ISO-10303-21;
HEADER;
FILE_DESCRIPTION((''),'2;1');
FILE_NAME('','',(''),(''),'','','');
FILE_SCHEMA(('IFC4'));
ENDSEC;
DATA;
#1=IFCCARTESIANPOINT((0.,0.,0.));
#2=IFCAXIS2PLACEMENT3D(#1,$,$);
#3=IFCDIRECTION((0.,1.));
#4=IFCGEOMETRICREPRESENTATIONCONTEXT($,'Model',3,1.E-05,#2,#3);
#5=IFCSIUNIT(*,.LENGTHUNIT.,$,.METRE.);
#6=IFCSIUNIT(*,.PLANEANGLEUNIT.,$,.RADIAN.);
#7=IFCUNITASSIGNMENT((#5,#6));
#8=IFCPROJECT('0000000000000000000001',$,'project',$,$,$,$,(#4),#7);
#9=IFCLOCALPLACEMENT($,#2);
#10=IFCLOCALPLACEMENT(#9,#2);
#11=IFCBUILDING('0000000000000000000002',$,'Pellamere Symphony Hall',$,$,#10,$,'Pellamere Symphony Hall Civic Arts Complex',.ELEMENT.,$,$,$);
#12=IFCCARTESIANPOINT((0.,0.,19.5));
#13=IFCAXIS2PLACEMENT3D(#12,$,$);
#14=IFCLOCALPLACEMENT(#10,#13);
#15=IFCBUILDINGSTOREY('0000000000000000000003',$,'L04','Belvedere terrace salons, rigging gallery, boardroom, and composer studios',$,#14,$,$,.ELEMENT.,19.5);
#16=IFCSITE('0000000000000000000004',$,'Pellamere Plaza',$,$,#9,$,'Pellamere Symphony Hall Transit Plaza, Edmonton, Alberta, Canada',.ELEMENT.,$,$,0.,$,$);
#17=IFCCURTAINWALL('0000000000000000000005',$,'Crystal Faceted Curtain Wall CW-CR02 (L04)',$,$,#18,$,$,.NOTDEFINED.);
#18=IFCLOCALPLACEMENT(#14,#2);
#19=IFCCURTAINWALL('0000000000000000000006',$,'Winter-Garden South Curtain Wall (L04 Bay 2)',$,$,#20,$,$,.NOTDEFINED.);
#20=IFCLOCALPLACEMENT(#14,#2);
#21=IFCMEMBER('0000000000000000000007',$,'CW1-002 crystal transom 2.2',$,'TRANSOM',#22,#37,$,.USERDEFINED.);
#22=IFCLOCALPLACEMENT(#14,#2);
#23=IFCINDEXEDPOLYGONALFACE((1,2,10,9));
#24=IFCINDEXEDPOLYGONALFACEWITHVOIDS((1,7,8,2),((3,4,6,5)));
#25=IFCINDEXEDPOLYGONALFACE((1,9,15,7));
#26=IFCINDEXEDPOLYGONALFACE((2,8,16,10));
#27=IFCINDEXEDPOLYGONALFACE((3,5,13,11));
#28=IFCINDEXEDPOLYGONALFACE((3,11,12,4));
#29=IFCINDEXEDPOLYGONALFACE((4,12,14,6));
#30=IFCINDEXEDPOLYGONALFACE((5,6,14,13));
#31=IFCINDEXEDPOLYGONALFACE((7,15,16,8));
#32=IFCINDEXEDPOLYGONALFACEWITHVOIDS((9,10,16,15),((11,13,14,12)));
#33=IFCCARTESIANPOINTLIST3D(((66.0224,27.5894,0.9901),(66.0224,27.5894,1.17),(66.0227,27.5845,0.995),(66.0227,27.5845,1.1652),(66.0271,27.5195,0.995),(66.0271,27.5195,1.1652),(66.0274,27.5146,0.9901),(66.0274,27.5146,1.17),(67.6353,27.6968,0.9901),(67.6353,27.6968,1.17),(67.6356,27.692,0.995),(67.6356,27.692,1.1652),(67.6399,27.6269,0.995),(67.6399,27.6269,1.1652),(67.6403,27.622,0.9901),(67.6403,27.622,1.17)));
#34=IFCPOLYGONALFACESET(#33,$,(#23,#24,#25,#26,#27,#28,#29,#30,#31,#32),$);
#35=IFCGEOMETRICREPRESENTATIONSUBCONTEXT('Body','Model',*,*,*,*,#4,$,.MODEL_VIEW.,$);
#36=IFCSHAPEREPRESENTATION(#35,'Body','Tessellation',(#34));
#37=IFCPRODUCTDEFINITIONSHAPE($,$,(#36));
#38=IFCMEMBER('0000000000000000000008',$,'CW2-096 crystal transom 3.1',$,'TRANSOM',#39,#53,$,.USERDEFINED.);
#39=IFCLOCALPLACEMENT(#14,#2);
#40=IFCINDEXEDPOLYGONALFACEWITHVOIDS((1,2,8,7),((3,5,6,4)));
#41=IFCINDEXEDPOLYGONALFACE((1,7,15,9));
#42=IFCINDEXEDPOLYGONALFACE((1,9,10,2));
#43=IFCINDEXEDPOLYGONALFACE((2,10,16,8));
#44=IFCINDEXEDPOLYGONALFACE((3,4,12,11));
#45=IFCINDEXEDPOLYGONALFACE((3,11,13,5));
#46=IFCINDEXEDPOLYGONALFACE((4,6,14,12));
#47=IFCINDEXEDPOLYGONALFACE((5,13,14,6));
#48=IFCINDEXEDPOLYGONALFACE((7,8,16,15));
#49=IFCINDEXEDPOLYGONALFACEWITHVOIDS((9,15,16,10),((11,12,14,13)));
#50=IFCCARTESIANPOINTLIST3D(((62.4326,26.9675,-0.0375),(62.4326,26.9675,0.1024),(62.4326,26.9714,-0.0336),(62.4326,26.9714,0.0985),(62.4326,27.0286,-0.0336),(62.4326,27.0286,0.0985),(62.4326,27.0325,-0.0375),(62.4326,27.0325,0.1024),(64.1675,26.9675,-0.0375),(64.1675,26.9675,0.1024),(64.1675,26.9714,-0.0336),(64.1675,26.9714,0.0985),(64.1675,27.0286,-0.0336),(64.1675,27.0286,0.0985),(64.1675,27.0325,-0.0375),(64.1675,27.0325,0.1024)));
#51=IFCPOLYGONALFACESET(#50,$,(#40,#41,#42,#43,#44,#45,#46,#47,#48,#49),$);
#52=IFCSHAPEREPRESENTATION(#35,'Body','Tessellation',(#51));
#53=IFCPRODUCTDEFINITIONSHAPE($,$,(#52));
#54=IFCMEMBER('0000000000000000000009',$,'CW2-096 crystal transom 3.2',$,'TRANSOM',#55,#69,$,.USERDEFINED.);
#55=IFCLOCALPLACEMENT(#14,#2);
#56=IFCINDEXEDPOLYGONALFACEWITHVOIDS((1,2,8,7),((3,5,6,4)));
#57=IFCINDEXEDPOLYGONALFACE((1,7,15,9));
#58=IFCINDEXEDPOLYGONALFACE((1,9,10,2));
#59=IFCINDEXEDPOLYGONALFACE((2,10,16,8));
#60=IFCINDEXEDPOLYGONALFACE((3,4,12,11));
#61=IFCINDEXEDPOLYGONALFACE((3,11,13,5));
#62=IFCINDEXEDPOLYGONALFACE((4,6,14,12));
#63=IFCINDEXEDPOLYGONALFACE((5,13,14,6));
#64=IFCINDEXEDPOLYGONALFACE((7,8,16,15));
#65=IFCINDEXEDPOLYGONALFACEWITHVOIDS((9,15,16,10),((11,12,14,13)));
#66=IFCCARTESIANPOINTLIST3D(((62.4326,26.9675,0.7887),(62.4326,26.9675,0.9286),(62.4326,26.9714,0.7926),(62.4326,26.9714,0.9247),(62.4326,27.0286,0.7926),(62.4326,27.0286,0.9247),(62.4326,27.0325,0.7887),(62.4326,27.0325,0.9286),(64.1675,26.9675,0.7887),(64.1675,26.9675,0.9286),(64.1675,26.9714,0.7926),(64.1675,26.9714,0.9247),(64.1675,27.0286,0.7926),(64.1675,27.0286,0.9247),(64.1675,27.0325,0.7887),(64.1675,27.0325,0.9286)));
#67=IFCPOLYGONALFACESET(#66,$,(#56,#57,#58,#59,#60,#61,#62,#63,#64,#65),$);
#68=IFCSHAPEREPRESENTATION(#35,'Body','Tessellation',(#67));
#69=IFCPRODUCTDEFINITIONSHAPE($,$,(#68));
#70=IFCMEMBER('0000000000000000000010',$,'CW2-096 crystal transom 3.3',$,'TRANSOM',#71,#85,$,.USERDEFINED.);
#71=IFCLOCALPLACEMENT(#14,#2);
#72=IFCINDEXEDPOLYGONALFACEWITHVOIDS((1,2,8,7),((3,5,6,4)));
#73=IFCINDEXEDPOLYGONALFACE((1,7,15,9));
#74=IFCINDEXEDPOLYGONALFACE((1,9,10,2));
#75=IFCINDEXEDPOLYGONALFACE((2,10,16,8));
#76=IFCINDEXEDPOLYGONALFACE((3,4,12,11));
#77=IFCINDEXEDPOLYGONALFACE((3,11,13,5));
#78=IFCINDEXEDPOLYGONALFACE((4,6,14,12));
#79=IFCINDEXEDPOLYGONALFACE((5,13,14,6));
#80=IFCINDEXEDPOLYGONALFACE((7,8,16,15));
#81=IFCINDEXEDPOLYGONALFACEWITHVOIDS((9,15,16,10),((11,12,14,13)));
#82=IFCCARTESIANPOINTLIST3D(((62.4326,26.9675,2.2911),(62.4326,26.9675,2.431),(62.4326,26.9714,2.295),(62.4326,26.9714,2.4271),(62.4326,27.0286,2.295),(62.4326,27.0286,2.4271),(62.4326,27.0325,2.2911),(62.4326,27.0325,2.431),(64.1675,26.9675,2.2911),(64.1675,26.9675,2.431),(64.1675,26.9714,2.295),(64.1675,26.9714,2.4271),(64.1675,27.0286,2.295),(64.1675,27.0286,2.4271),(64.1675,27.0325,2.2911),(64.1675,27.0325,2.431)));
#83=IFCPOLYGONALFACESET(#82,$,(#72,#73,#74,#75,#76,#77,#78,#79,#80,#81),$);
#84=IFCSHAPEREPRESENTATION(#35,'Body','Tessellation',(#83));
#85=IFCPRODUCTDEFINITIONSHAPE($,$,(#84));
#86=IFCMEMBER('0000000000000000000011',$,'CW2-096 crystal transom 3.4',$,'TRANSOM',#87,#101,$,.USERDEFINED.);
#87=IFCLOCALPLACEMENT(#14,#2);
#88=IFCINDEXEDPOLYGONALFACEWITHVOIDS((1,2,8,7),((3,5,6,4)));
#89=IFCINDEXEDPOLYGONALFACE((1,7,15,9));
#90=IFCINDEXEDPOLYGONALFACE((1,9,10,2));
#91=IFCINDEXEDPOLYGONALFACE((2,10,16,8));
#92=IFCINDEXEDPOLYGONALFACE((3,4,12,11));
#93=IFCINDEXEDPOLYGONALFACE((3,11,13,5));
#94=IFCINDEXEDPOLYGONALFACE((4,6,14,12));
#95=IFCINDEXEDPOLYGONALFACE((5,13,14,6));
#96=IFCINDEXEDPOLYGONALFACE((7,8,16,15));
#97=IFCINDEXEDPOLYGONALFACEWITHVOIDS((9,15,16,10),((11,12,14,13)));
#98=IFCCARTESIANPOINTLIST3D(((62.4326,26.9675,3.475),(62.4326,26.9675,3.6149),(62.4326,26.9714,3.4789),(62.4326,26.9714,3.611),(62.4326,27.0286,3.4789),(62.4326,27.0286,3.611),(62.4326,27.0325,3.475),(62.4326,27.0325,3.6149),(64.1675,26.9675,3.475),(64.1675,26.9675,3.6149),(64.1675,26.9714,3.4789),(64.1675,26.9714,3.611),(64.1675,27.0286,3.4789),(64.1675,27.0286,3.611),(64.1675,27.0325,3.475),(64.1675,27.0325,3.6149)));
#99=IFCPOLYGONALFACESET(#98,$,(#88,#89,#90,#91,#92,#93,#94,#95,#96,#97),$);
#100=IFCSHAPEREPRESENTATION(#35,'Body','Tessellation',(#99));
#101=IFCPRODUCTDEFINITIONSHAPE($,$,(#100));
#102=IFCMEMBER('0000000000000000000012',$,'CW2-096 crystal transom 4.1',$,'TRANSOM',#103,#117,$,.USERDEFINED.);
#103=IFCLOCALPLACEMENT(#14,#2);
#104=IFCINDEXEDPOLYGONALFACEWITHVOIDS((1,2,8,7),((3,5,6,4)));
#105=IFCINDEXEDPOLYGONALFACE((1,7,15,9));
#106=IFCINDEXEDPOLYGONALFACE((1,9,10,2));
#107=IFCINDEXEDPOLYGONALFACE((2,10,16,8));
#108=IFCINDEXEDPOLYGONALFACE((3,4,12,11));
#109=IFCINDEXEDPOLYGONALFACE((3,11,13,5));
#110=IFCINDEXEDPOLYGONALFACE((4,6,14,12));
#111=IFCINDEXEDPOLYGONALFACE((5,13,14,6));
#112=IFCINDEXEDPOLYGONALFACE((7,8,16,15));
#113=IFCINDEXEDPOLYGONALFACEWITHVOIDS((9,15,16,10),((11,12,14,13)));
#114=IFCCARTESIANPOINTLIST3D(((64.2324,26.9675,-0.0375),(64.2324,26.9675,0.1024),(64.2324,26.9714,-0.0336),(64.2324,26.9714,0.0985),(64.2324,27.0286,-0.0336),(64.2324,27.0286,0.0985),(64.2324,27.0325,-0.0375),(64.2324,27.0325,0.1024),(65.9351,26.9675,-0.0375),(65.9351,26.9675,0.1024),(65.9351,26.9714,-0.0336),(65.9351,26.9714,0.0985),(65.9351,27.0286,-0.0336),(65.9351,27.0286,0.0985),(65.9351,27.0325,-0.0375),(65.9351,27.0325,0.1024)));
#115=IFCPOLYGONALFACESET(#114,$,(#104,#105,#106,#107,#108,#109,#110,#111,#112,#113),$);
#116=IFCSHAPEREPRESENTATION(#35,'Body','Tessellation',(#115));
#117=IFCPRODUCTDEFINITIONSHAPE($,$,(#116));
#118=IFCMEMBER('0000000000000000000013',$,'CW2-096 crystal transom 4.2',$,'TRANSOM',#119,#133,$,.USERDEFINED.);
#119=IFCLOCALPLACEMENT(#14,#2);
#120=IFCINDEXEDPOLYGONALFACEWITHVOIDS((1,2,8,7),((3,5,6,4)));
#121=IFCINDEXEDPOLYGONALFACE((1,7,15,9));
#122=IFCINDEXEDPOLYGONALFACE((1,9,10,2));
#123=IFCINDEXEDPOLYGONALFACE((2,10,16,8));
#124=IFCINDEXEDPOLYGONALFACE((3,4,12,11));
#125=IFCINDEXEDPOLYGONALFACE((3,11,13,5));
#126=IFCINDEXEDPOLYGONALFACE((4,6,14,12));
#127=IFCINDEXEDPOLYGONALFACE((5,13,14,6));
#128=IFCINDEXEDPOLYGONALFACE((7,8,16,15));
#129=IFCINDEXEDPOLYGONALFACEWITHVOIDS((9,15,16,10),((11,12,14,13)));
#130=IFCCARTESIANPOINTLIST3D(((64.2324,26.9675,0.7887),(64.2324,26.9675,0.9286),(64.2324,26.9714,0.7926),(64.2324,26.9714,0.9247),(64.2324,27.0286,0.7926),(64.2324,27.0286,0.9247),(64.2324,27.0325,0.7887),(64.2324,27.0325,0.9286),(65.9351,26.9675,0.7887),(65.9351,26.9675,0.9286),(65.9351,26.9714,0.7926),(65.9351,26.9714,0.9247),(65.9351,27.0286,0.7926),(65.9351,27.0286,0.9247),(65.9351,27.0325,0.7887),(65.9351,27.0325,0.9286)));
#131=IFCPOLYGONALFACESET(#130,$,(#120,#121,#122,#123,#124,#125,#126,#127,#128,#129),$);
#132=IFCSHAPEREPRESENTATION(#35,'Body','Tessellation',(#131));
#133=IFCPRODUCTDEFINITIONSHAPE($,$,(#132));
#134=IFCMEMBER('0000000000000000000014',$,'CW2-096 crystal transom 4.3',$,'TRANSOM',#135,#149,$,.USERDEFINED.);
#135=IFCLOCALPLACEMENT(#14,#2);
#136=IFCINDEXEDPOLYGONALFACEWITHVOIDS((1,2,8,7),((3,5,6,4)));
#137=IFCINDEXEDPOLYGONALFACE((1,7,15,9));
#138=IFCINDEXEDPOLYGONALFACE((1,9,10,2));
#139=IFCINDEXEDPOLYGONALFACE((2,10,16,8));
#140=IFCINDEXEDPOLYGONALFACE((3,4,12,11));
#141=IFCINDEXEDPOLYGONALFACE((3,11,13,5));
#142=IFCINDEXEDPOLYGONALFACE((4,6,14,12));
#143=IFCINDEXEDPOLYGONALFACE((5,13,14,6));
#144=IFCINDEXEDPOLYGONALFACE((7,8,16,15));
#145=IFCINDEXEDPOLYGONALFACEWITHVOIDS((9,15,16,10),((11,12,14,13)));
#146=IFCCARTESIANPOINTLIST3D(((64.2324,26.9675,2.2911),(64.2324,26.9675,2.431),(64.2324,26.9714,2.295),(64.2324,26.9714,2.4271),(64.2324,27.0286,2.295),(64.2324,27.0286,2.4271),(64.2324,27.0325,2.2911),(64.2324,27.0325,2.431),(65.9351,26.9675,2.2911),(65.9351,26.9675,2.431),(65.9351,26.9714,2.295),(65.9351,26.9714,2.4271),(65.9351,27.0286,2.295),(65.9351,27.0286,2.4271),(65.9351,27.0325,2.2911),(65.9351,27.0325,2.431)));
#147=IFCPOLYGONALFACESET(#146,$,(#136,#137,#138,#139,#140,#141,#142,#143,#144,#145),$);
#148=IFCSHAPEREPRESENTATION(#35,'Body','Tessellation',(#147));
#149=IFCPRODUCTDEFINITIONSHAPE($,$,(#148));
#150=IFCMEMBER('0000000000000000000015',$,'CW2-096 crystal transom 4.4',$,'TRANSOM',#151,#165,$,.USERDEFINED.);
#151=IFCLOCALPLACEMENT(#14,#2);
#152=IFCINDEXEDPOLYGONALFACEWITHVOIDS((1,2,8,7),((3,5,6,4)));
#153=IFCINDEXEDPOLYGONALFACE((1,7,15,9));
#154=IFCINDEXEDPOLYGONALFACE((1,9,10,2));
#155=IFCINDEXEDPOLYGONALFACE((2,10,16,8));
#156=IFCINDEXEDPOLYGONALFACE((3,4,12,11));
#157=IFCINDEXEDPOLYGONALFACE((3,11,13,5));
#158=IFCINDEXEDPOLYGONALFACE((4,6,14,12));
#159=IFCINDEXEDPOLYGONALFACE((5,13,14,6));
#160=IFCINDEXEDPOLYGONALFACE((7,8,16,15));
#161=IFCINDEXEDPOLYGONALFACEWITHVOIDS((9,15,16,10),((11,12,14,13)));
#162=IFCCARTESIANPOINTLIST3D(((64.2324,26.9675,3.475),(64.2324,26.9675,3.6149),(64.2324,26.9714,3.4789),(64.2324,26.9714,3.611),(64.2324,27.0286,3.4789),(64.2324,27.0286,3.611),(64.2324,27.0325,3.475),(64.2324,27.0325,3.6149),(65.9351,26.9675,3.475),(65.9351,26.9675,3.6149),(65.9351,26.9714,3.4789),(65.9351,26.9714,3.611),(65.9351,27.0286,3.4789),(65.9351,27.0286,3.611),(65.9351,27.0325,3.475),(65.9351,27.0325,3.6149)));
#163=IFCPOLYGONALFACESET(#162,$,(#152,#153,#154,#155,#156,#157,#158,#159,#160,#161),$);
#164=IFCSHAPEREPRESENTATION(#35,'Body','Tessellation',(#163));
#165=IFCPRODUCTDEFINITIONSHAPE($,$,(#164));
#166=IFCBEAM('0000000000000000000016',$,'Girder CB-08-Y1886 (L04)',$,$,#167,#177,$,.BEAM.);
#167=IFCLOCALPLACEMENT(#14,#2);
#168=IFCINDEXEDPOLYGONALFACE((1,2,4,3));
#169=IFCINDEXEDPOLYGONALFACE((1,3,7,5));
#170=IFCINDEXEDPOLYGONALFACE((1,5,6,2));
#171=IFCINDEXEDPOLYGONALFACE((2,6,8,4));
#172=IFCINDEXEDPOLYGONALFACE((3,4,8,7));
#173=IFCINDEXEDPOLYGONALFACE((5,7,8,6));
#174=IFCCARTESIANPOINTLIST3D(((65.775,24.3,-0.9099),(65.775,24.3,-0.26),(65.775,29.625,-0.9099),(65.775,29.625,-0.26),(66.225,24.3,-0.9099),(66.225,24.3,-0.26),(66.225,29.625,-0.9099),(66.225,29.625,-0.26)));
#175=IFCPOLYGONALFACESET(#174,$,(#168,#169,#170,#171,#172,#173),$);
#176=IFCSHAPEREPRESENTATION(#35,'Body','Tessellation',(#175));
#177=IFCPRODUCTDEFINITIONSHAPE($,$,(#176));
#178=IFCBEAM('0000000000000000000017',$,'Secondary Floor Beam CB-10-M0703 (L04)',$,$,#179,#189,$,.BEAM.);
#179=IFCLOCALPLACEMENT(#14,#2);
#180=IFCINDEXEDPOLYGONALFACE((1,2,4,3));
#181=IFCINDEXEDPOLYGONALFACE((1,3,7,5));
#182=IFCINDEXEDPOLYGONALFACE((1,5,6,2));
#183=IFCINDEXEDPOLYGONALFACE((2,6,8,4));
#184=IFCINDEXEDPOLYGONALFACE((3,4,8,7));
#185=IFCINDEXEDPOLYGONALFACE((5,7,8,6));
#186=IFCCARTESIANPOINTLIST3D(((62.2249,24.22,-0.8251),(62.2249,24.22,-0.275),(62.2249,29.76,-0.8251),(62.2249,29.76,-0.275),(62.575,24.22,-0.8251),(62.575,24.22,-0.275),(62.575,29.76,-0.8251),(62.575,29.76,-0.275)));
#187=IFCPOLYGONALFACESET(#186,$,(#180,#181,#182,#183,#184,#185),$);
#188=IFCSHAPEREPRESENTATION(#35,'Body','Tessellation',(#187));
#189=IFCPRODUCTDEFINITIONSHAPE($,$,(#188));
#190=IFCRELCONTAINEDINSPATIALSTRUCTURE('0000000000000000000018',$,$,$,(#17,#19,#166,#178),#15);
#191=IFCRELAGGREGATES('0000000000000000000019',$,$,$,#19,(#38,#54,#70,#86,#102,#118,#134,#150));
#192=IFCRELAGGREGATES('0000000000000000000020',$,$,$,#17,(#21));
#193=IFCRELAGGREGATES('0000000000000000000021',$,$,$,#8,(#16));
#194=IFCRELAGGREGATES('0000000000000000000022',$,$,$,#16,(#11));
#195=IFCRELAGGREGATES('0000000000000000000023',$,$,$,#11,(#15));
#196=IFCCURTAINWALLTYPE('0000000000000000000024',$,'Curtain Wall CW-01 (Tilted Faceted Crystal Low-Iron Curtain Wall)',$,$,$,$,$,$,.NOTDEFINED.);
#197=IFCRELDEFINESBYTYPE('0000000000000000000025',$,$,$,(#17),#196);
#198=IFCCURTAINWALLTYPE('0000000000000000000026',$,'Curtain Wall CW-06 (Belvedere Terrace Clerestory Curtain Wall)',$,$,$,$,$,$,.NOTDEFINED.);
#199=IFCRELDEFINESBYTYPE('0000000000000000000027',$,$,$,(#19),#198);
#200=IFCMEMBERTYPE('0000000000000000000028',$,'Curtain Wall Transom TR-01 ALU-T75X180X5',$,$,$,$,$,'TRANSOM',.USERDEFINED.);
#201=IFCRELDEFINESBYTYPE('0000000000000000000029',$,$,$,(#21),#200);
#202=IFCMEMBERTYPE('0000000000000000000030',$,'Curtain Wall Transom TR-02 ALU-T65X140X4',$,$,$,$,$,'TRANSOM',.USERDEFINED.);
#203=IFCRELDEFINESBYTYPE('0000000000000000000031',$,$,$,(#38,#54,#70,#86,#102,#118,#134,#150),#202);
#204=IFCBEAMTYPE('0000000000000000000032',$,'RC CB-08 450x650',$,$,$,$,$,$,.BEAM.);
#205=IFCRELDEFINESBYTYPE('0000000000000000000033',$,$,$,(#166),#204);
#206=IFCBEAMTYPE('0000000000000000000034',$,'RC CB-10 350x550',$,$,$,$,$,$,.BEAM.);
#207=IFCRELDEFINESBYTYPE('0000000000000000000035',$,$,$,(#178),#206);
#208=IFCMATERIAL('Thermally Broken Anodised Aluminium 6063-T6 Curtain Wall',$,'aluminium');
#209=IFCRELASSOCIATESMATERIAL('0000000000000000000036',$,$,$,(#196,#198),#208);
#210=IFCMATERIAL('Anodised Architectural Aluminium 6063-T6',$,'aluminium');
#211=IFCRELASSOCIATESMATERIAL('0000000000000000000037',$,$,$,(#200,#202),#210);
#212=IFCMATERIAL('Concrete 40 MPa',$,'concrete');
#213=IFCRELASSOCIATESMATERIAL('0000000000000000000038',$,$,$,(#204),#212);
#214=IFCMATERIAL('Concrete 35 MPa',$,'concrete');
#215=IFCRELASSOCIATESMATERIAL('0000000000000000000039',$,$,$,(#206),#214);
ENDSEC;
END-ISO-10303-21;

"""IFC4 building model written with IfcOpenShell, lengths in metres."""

from ifc_helpers import new_model, si_unit, direction, frame, origin, origin_2d, place, context, subcontext, project, spatial, rectangle, hollow_rectangle, extrude, material, material_profile, profile_set, type_object, element, aggregate, save


model = new_model("IFC4")

# Units and contexts
model_context = context("Model", 3, precision=1e-05, world=origin(), true_north=direction((0.0, 1.0)))
body_context = subcontext(model_context, "Body", "Model", "MODEL_VIEW")
ifc_project = project(units=[si_unit("LENGTHUNIT", "METRE"), si_unit("PLANEANGLEUNIT", "RADIAN")], contexts=[model_context])

# Site, building, storey
site_placement = place(None, origin())
site = spatial("IfcSite", under=ifc_project, at=site_placement, Name="Pellamere Plaza", LongName="Pellamere Symphony Hall Transit Plaza, Edmonton, Alberta, Canada", CompositionType="ELEMENT", RefElevation=0.0)
building_placement = place(site_placement, origin())
building = spatial("IfcBuilding", under=site, at=building_placement, Name="Pellamere Symphony Hall", LongName="Pellamere Symphony Hall Civic Arts Complex", CompositionType="ELEMENT")
storey_placement = place(building_placement, frame((0.0, 0.0, 19.5)))
storey = spatial("IfcBuildingStorey", under=building, at=storey_placement, Name="L04", Description="Belvedere terrace salons, rigging gallery, boardroom, and composer studios", CompositionType="ELEMENT", Elevation=19.5)

# Curtain walls
ifc_material_1 = material(Name="Thermally Broken Anodised Aluminium 6063-T6 Curtain Wall", Category="aluminium")
curtain_wall_type_1 = type_object("IfcCurtainWallType", Name="Curtain Wall CW-01 (Tilted Faceted Crystal Low-Iron Curtain Wall)", PredefinedType="NOTDEFINED", material=ifc_material_1)
curtain_wall_1_placement = place(storey_placement, origin())
curtain_wall_1 = element("IfcCurtainWall", 1, at=curtain_wall_1_placement, inside=storey, type_object=curtain_wall_type_1, Name="Crystal Faceted Curtain Wall CW-CR02 (L04)", PredefinedType="NOTDEFINED")
ifc_material_2 = material(Name="Anodised Architectural Aluminium 6063-T6", Category="aluminium")
curtain_wall_type_2 = type_object("IfcCurtainWallType", Name="Curtain Wall CW-06 (Belvedere Terrace Clerestory Curtain Wall)", PredefinedType="NOTDEFINED", material=ifc_material_1)
curtain_wall_2_placement = place(storey_placement, origin())
curtain_wall_2 = element("IfcCurtainWall", 2, at=curtain_wall_2_placement, inside=storey, type_object=curtain_wall_type_2, Name="Winter-Garden South Curtain Wall (L04 Bay 2)", PredefinedType="NOTDEFINED")
ifc_material_profile_1 = material_profile(ifc_material_2, hollow_rectangle(XDim=0.075, YDim=0.1799, WallThickness=0.0049, at=origin_2d()), Name="ALU-T75X180X5")
ifc_profile_set_1 = profile_set([ifc_material_profile_1], Name="Anodised Architectural Aluminium 6063-T6")
member_type_1 = type_object("IfcMemberType", Name="Curtain Wall Transom TR-01 ALU-T75X180X5", ElementType="TRANSOM", PredefinedType="USERDEFINED", material=ifc_profile_set_1)

# Members
member_1_placement = place(storey_placement, frame((66.0249, 27.552, 1.0801), z_axis=(0.997789, 0.066459, 0.0), x_axis=(-0.066459, 0.997789, 0.0)))
member_1 = element("IfcMember", 3, at=member_1_placement, type_object=member_type_1, Name="CW1-002 crystal transom 2.2", ObjectType="TRANSOM", PredefinedType="USERDEFINED", context=body_context, shape_type="SweptSolid", body=[
    extrude(hollow_rectangle(XDim=0.075, YDim=0.1799, WallThickness=0.0049, at=origin_2d()), origin(), (0.0, 0.0, 1.0), 1.6165),
])
ifc_material_profile_2 = material_profile(ifc_material_2, hollow_rectangle(XDim=0.0649, YDim=0.1399, WallThickness=0.0039, at=origin_2d()), Name="ALU-T65X140X4")
ifc_profile_set_2 = profile_set([ifc_material_profile_2], Name="Anodised Architectural Aluminium 6063-T6")
member_type_2 = type_object("IfcMemberType", Name="Curtain Wall Transom TR-02 ALU-T65X140X4", ElementType="TRANSOM", PredefinedType="USERDEFINED", material=ifc_profile_set_2)
member_2_placement = place(storey_placement, frame((62.4326, 27.0, 0.0325), z_axis=(1.0, 0.0, 0.0), x_axis=(0.0, 1.0, 0.0)))
member_2 = element("IfcMember", 4, at=member_2_placement, type_object=member_type_2, Name="CW2-096 crystal transom 3.1", ObjectType="TRANSOM", PredefinedType="USERDEFINED", context=body_context, shape_type="SweptSolid", body=[
    extrude(hollow_rectangle(XDim=0.0649, YDim=0.1399, WallThickness=0.0039, at=origin_2d()), origin(), (0.0, 0.0, 1.0), 1.7349),
])
member_3_placement = place(storey_placement, frame((62.4326, 27.0, 0.8586), z_axis=(1.0, 0.0, 0.0), x_axis=(0.0, 1.0, 0.0)))
member_3 = element("IfcMember", 5, at=member_3_placement, type_object=member_type_2, Name="CW2-096 crystal transom 3.2", ObjectType="TRANSOM", PredefinedType="USERDEFINED", context=body_context, shape_type="SweptSolid", body=[
    extrude(hollow_rectangle(XDim=0.0649, YDim=0.1399, WallThickness=0.0039, at=origin_2d()), origin(), (0.0, 0.0, 1.0), 1.7349),
])
member_4_placement = place(storey_placement, frame((62.4326, 27.0, 2.3611), z_axis=(1.0, 0.0, 0.0), x_axis=(0.0, 1.0, 0.0)))
member_4 = element("IfcMember", 6, at=member_4_placement, type_object=member_type_2, Name="CW2-096 crystal transom 3.3", ObjectType="TRANSOM", PredefinedType="USERDEFINED", context=body_context, shape_type="SweptSolid", body=[
    extrude(hollow_rectangle(XDim=0.0649, YDim=0.1399, WallThickness=0.0039, at=origin_2d()), origin(), (0.0, 0.0, 1.0), 1.7349),
])
member_5_placement = place(storey_placement, frame((62.4326, 27.0, 3.5449), z_axis=(1.0, 0.0, 0.0), x_axis=(0.0, 1.0, 0.0)))
member_5 = element("IfcMember", 7, at=member_5_placement, type_object=member_type_2, Name="CW2-096 crystal transom 3.4", ObjectType="TRANSOM", PredefinedType="USERDEFINED", context=body_context, shape_type="SweptSolid", body=[
    extrude(hollow_rectangle(XDim=0.0649, YDim=0.1399, WallThickness=0.0039, at=origin_2d()), origin(), (0.0, 0.0, 1.0), 1.7349),
])
member_6_placement = place(storey_placement, frame((64.2324, 27.0, 0.0325), z_axis=(1.0, 0.0, 0.0), x_axis=(0.0, 1.0, 0.0)))
member_6 = element("IfcMember", 8, at=member_6_placement, type_object=member_type_2, Name="CW2-096 crystal transom 4.1", ObjectType="TRANSOM", PredefinedType="USERDEFINED", context=body_context, shape_type="SweptSolid", body=[
    extrude(hollow_rectangle(XDim=0.0649, YDim=0.1399, WallThickness=0.0039, at=origin_2d()), origin(), (0.0, 0.0, 1.0), 1.7026),
])
member_7_placement = place(storey_placement, frame((64.2324, 27.0, 0.8586), z_axis=(1.0, 0.0, 0.0), x_axis=(0.0, 1.0, 0.0)))
member_7 = element("IfcMember", 9, at=member_7_placement, type_object=member_type_2, Name="CW2-096 crystal transom 4.2", ObjectType="TRANSOM", PredefinedType="USERDEFINED", context=body_context, shape_type="SweptSolid", body=[
    extrude(hollow_rectangle(XDim=0.0649, YDim=0.1399, WallThickness=0.0039, at=origin_2d()), origin(), (0.0, 0.0, 1.0), 1.7026),
])
member_8_placement = place(storey_placement, frame((64.2324, 27.0, 2.3611), z_axis=(1.0, 0.0, 0.0), x_axis=(0.0, 1.0, 0.0)))
member_8 = element("IfcMember", 10, at=member_8_placement, type_object=member_type_2, Name="CW2-096 crystal transom 4.3", ObjectType="TRANSOM", PredefinedType="USERDEFINED", context=body_context, shape_type="SweptSolid", body=[
    extrude(hollow_rectangle(XDim=0.0649, YDim=0.1399, WallThickness=0.0039, at=origin_2d()), origin(), (0.0, 0.0, 1.0), 1.7026),
])
member_9_placement = place(storey_placement, frame((64.2324, 27.0, 3.5449), z_axis=(1.0, 0.0, 0.0), x_axis=(0.0, 1.0, 0.0)))
member_9 = element("IfcMember", 11, at=member_9_placement, type_object=member_type_2, Name="CW2-096 crystal transom 4.4", ObjectType="TRANSOM", PredefinedType="USERDEFINED", context=body_context, shape_type="SweptSolid", body=[
    extrude(hollow_rectangle(XDim=0.0649, YDim=0.1399, WallThickness=0.0039, at=origin_2d()), origin(), (0.0, 0.0, 1.0), 1.7026),
])

# Beams
ifc_material_3 = material(Name="Concrete 40 MPa", Category="concrete")
ifc_material_profile_3 = material_profile(ifc_material_3, rectangle(XDim=0.45, YDim=0.6499, at=origin_2d()), Name="RC 450x650")
ifc_profile_set_3 = profile_set([ifc_material_profile_3], Name="Concrete 40 MPa")
beam_type_1 = type_object("IfcBeamType", Name="RC CB-08 450x650", PredefinedType="BEAM", material=ifc_profile_set_3)
beam_1_placement = place(storey_placement, frame((66.0, 24.3, -0.585), z_axis=(0.0, 1.0, 0.0), x_axis=(-1.0, 0.0, 0.0)))
element("IfcBeam", 12, at=beam_1_placement, inside=storey, type_object=beam_type_1, Name="Girder CB-08-Y1886 (L04)", PredefinedType="BEAM", context=body_context, shape_type="SweptSolid", body=[
    extrude(rectangle(XDim=0.45, YDim=0.6499, at=origin_2d()), origin(), (0.0, 0.0, 1.0), 5.325),
])
ifc_material_4 = material(Name="Concrete 35 MPa", Category="concrete")
ifc_material_profile_4 = material_profile(ifc_material_4, rectangle(XDim=0.3501, YDim=0.55, at=origin_2d()), Name="RC 350x550")
ifc_profile_set_4 = profile_set([ifc_material_profile_4], Name="Concrete 35 MPa")
beam_type_2 = type_object("IfcBeamType", Name="RC CB-10 350x550", PredefinedType="BEAM", material=ifc_profile_set_4)
beam_2_placement = place(storey_placement, frame((62.3999, 24.22, -0.55), z_axis=(0.0, 1.0, 0.0), x_axis=(-1.0, 0.0, 0.0)))
element("IfcBeam", 13, at=beam_2_placement, inside=storey, type_object=beam_type_2, Name="Secondary Floor Beam CB-10-M0703 (L04)", PredefinedType="BEAM", context=body_context, shape_type="SweptSolid", body=[
    extrude(rectangle(XDim=0.3501, YDim=0.55, at=origin_2d()), origin(), (0.0, 0.0, 1.0), 5.54),
])

aggregate(curtain_wall_2, [member_2, member_3, member_4, member_5, member_6, member_7, member_8, member_9])
aggregate(curtain_wall_1, [member_1])

save(model, "model.ifc")
